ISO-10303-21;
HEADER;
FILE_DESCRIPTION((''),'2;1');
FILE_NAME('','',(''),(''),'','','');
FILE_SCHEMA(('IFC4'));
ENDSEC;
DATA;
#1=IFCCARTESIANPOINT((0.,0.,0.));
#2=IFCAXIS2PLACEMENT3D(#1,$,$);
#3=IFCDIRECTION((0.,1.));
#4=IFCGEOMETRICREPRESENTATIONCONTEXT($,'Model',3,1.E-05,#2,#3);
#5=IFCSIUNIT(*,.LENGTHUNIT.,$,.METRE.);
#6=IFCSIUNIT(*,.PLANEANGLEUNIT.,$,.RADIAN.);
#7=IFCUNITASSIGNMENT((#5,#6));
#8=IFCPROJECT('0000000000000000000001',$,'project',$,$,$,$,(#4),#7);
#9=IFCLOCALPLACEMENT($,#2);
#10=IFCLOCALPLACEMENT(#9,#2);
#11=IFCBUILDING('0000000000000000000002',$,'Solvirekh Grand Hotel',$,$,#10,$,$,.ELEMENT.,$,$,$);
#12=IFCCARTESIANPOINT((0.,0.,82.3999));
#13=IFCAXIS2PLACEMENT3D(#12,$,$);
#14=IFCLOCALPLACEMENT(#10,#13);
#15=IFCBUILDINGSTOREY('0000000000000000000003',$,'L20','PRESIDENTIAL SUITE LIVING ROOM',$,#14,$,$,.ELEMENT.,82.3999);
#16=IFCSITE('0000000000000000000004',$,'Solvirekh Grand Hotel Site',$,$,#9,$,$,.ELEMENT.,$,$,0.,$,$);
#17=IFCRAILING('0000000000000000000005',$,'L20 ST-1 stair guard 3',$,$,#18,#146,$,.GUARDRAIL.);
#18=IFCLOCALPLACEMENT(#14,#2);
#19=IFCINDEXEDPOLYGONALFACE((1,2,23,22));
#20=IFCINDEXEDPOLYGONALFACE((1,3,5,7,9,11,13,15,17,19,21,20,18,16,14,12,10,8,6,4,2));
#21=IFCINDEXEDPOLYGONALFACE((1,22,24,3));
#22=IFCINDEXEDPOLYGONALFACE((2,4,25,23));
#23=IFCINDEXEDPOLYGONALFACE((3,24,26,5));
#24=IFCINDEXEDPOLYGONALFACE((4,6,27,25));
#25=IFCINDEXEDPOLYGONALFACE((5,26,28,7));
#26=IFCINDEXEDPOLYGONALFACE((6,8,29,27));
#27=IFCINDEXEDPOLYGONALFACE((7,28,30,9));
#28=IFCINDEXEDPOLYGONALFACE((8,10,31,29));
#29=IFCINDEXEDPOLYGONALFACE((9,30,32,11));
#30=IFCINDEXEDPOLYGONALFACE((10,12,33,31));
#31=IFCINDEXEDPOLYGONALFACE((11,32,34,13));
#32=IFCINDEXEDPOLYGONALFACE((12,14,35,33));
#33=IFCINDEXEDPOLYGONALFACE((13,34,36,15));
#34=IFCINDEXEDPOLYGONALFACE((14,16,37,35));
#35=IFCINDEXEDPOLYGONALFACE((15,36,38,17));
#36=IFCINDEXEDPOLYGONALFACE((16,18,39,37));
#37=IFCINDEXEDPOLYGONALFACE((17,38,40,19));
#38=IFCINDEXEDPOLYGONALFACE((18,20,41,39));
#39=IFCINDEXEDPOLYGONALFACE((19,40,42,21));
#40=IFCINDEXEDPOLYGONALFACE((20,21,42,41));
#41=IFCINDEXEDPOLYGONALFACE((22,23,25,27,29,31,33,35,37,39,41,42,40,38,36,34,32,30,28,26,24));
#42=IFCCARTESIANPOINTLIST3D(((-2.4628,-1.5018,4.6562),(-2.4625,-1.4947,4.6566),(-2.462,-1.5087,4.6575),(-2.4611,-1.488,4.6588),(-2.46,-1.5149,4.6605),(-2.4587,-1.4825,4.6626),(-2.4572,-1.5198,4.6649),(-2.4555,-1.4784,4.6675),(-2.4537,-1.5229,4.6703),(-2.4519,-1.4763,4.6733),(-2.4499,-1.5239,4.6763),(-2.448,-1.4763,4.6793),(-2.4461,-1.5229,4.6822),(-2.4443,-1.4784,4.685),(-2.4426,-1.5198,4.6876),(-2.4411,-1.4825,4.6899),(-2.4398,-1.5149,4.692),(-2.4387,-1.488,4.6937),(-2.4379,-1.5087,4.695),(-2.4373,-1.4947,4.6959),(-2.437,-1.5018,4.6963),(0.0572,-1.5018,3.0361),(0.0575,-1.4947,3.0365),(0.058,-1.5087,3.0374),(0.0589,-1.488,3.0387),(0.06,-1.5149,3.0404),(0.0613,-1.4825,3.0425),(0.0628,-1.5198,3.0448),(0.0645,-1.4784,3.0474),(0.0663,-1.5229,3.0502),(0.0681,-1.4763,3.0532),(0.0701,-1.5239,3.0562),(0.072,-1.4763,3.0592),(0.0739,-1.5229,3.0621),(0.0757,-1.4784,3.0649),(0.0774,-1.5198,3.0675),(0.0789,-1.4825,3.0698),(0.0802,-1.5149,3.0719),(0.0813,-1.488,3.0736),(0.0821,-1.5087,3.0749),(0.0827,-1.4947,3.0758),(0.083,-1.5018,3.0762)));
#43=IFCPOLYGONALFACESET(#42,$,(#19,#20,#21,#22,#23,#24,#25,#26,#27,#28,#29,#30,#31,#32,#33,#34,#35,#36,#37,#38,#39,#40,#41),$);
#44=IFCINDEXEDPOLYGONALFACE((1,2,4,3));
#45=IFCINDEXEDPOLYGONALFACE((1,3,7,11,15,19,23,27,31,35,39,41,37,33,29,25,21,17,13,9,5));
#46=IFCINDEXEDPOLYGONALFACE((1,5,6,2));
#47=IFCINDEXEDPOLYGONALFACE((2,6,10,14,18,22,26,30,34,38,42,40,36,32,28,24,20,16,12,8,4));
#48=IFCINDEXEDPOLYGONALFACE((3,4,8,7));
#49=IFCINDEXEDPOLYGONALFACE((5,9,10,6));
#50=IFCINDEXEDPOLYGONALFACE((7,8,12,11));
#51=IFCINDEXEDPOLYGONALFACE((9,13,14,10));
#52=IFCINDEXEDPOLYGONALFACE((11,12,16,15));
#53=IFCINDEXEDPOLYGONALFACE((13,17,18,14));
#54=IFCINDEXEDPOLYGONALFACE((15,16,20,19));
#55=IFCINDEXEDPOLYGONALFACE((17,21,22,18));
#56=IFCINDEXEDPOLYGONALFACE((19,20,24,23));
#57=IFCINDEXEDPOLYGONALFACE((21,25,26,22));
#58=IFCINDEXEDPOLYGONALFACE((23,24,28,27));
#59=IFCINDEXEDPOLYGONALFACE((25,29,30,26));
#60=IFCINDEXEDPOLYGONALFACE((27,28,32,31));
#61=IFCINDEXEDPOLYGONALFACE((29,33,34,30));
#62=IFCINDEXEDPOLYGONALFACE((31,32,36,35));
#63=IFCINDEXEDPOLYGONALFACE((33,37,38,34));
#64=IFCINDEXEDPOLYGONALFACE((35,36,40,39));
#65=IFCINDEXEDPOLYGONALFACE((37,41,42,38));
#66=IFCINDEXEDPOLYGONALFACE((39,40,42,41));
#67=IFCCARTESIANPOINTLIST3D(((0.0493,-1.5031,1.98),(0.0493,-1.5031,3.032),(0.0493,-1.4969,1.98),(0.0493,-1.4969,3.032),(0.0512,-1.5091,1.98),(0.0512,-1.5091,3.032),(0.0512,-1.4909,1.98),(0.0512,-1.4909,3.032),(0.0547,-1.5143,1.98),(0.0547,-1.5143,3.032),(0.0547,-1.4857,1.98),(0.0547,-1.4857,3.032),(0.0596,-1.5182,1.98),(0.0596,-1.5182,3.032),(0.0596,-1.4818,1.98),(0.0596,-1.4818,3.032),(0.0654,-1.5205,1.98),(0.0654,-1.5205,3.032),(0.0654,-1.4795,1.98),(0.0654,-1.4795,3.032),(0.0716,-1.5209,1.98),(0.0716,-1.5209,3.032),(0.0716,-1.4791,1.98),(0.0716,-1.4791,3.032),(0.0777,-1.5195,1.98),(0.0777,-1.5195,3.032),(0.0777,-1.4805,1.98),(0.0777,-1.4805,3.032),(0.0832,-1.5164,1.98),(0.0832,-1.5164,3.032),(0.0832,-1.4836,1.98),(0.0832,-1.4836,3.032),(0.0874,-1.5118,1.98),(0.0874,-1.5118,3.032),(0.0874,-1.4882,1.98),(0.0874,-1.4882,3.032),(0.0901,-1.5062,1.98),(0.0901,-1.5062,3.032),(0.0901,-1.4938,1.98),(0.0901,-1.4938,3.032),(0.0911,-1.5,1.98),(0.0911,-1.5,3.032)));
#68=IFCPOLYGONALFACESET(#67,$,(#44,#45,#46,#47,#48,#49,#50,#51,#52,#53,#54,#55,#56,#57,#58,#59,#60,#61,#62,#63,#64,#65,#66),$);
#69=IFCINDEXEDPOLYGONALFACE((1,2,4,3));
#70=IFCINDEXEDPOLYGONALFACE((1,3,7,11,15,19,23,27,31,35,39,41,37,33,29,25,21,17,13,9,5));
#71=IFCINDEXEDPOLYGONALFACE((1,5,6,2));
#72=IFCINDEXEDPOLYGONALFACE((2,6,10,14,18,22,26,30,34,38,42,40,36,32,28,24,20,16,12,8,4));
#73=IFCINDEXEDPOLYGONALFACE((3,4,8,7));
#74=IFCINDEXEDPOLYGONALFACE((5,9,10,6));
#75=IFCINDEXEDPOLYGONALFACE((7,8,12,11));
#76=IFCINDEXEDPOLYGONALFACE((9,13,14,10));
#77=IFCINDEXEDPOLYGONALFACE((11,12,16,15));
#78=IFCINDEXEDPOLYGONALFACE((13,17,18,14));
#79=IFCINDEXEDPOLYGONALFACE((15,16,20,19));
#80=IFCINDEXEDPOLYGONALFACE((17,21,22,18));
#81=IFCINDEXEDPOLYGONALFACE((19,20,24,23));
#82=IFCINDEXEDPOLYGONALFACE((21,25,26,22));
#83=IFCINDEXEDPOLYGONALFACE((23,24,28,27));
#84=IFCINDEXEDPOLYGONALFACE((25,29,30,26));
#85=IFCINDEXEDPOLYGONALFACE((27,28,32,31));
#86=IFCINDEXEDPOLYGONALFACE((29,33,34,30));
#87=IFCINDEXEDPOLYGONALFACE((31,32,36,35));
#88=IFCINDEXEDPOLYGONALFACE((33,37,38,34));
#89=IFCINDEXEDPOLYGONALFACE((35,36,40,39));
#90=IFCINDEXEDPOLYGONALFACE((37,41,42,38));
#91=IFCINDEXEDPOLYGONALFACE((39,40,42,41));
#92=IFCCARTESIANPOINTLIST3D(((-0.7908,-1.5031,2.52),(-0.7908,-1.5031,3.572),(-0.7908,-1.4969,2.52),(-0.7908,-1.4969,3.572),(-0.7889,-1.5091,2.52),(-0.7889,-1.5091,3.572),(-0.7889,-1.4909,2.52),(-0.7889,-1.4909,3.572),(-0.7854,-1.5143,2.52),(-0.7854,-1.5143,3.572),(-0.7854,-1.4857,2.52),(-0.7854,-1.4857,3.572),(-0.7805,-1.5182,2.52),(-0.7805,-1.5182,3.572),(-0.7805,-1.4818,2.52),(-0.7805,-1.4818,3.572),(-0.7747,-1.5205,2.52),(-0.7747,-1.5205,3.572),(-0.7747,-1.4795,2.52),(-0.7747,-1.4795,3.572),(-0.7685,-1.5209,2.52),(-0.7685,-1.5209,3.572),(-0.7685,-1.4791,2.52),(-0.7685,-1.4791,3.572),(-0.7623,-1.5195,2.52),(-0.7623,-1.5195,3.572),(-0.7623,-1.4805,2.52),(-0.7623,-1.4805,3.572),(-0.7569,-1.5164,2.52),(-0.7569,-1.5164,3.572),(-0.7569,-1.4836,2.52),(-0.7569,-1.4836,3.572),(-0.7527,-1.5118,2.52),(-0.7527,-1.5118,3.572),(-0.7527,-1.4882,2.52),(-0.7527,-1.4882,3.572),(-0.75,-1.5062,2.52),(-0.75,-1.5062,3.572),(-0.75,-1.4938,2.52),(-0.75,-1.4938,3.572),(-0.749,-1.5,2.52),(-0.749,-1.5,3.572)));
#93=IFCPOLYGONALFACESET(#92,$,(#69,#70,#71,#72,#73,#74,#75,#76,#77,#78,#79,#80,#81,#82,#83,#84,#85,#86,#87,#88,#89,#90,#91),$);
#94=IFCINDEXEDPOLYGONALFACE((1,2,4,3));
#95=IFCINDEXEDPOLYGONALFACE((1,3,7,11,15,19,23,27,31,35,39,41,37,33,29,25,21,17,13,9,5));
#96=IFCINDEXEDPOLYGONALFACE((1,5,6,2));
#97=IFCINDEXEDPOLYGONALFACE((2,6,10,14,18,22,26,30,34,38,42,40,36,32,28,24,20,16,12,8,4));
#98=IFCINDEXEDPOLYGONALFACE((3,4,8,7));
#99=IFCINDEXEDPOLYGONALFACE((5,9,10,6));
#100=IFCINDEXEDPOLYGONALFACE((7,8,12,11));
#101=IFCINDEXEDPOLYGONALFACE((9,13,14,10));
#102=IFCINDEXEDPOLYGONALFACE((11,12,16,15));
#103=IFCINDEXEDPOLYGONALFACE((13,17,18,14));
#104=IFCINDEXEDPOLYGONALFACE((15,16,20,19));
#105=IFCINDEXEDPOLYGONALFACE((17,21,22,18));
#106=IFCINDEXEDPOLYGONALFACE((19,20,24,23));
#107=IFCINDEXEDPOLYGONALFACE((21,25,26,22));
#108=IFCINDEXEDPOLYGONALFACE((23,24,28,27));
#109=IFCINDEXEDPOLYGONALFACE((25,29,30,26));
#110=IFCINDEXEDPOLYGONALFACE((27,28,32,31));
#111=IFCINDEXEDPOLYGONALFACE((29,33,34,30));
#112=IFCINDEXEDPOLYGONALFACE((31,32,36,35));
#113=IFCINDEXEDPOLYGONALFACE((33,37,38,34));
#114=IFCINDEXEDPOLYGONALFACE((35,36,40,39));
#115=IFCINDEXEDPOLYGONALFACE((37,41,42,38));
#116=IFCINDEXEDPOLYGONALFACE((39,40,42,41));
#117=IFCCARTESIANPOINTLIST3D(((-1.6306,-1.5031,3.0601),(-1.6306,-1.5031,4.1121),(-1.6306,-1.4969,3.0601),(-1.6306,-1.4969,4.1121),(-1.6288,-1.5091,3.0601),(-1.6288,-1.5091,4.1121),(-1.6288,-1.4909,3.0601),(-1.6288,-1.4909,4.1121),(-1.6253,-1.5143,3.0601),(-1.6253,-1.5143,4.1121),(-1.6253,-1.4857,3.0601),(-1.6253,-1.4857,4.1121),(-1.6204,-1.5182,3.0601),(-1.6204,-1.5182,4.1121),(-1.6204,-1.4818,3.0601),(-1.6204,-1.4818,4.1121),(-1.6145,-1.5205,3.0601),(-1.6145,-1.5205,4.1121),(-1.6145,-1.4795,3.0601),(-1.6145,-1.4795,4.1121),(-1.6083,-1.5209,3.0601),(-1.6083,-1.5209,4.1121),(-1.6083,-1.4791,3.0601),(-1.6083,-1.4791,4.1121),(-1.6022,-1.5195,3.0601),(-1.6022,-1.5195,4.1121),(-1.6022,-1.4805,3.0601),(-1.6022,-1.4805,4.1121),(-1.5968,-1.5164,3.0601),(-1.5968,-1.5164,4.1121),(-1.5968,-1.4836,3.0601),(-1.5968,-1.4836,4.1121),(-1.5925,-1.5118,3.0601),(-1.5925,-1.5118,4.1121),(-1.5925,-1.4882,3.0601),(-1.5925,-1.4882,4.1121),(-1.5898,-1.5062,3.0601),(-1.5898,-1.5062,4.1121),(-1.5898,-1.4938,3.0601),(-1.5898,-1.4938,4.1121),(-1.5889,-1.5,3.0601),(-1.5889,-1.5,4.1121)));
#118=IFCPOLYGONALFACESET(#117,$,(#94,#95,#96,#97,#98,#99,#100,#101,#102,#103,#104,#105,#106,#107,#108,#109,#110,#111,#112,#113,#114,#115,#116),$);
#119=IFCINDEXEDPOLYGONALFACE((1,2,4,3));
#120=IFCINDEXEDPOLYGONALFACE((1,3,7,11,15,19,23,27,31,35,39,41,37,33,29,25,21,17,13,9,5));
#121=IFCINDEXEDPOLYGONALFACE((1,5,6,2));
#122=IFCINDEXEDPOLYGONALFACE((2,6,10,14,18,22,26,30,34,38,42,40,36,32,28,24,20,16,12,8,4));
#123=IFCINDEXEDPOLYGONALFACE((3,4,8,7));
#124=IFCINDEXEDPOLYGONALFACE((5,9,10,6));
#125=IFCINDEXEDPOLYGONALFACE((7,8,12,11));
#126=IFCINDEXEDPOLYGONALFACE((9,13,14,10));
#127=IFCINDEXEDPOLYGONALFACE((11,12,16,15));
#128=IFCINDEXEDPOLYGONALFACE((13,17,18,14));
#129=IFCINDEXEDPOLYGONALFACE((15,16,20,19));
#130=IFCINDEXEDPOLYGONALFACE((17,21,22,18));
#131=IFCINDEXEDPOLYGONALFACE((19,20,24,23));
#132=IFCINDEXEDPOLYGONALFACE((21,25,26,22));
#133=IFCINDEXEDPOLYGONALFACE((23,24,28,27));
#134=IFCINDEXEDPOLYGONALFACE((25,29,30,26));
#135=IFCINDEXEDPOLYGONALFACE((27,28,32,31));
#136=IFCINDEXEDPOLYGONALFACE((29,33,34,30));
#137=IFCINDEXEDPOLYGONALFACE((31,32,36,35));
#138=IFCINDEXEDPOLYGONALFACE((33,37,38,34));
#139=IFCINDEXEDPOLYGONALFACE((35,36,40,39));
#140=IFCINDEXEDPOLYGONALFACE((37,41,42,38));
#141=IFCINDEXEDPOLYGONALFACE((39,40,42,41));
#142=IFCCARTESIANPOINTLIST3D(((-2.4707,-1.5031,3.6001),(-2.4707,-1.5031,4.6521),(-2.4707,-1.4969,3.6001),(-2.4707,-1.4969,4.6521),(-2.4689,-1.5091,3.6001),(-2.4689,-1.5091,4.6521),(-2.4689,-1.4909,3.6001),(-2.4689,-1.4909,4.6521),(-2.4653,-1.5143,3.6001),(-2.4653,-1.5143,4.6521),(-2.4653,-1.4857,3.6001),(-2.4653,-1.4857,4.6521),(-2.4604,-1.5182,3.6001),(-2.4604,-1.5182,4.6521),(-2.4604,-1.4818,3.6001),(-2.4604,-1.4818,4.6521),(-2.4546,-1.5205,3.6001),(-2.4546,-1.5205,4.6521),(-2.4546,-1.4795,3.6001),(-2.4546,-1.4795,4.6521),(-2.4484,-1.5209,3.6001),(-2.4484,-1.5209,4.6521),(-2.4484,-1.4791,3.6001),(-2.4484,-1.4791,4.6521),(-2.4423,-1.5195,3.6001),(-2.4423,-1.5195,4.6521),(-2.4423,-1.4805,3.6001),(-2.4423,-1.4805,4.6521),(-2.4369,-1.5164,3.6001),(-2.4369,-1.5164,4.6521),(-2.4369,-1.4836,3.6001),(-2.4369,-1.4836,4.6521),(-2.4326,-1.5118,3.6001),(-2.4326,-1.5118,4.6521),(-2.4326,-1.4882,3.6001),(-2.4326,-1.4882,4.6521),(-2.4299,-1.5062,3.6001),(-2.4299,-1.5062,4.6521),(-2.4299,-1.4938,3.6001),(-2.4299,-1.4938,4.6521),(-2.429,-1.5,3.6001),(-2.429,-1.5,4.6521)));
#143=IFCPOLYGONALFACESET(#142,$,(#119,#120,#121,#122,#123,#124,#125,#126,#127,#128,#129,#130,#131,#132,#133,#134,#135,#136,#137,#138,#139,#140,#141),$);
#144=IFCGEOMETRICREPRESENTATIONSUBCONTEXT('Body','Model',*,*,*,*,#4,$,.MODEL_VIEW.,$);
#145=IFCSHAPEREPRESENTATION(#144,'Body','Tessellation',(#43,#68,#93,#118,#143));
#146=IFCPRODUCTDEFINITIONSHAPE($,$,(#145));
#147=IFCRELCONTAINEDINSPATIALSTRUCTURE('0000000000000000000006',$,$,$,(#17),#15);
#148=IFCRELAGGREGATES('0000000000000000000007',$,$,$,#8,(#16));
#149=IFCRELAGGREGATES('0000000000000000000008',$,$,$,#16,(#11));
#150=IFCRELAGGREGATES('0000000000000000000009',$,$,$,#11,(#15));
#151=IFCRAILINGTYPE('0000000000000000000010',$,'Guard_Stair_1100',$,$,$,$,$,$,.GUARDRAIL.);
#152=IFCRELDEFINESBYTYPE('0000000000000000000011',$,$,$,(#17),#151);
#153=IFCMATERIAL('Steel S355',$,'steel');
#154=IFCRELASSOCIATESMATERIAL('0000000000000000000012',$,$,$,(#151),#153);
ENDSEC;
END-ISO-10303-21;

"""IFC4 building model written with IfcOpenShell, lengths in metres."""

from ifc_helpers import new_model, si_unit, direction, frame, origin, origin_2d, place, context, subcontext, project, spatial, circle, extrude, material, type_object, element, save


model = new_model("IFC4")

# Units and contexts
model_context = context("Model", 3, precision=1e-05, world=origin(), true_north=direction((0.0, 1.0)))
body_context = subcontext(model_context, "Body", "Model", "MODEL_VIEW")
ifc_project = project(units=[si_unit("LENGTHUNIT", "METRE"), si_unit("PLANEANGLEUNIT", "RADIAN")], contexts=[model_context])

# Site, building, storey
site_placement = place(None, origin())
site = spatial("IfcSite", under=ifc_project, at=site_placement, Name="Solvirekh Grand Hotel Site", CompositionType="ELEMENT", RefElevation=0.0)
building_placement = place(site_placement, origin())
building = spatial("IfcBuilding", under=site, at=building_placement, Name="Solvirekh Grand Hotel", CompositionType="ELEMENT")
storey_placement = place(building_placement, frame((0.0, 0.0, 82.3999)))
storey = spatial("IfcBuildingStorey", under=building, at=storey_placement, Name="L20", Description="PRESIDENTIAL SUITE LIVING ROOM", CompositionType="ELEMENT", Elevation=82.3999)

# Shared definitions
ifc_material_1 = material(Name="Steel S355", Category="steel")

# Railing
railing_type_1 = type_object("IfcRailingType", Name="Guard_Stair_1100", PredefinedType="GUARDRAIL", material=ifc_material_1)
railing_1_placement = place(storey_placement, frame((0.0701, -1.5, 1.98)))
element("IfcRailing", 1, at=railing_1_placement, inside=storey, type_object=railing_type_1, Name="L20 ST-1 stair guard 3", PredefinedType="GUARDRAIL", context=body_context, shape_type="SweptSolid", body=[
    extrude(circle(Radius=0.0239, at=origin_2d()), frame((0.0, 0.0, 1.0762), z_axis=(-0.841163, 0.0, 0.540782), x_axis=(0.0, -1.0, 0.0)), (0.0, 0.0, 1.0), 2.9958),
    extrude(circle(Radius=0.021, at=origin_2d()), origin(), (0.0, 0.0, 1.0), 1.052),
    extrude(circle(Radius=0.021, at=origin_2d()), frame((-0.8401, 0.0, 0.54)), (0.0, 0.0, 1.0), 1.052),
    extrude(circle(Radius=0.021, at=origin_2d()), frame((-1.6799, 0.0, 1.0801)), (0.0, 0.0, 1.0), 1.052),
    extrude(circle(Radius=0.021, at=origin_2d()), frame((-2.52, 0.0, 1.6201)), (0.0, 0.0, 1.0), 1.052),
])

save(model, "model.ifc")
